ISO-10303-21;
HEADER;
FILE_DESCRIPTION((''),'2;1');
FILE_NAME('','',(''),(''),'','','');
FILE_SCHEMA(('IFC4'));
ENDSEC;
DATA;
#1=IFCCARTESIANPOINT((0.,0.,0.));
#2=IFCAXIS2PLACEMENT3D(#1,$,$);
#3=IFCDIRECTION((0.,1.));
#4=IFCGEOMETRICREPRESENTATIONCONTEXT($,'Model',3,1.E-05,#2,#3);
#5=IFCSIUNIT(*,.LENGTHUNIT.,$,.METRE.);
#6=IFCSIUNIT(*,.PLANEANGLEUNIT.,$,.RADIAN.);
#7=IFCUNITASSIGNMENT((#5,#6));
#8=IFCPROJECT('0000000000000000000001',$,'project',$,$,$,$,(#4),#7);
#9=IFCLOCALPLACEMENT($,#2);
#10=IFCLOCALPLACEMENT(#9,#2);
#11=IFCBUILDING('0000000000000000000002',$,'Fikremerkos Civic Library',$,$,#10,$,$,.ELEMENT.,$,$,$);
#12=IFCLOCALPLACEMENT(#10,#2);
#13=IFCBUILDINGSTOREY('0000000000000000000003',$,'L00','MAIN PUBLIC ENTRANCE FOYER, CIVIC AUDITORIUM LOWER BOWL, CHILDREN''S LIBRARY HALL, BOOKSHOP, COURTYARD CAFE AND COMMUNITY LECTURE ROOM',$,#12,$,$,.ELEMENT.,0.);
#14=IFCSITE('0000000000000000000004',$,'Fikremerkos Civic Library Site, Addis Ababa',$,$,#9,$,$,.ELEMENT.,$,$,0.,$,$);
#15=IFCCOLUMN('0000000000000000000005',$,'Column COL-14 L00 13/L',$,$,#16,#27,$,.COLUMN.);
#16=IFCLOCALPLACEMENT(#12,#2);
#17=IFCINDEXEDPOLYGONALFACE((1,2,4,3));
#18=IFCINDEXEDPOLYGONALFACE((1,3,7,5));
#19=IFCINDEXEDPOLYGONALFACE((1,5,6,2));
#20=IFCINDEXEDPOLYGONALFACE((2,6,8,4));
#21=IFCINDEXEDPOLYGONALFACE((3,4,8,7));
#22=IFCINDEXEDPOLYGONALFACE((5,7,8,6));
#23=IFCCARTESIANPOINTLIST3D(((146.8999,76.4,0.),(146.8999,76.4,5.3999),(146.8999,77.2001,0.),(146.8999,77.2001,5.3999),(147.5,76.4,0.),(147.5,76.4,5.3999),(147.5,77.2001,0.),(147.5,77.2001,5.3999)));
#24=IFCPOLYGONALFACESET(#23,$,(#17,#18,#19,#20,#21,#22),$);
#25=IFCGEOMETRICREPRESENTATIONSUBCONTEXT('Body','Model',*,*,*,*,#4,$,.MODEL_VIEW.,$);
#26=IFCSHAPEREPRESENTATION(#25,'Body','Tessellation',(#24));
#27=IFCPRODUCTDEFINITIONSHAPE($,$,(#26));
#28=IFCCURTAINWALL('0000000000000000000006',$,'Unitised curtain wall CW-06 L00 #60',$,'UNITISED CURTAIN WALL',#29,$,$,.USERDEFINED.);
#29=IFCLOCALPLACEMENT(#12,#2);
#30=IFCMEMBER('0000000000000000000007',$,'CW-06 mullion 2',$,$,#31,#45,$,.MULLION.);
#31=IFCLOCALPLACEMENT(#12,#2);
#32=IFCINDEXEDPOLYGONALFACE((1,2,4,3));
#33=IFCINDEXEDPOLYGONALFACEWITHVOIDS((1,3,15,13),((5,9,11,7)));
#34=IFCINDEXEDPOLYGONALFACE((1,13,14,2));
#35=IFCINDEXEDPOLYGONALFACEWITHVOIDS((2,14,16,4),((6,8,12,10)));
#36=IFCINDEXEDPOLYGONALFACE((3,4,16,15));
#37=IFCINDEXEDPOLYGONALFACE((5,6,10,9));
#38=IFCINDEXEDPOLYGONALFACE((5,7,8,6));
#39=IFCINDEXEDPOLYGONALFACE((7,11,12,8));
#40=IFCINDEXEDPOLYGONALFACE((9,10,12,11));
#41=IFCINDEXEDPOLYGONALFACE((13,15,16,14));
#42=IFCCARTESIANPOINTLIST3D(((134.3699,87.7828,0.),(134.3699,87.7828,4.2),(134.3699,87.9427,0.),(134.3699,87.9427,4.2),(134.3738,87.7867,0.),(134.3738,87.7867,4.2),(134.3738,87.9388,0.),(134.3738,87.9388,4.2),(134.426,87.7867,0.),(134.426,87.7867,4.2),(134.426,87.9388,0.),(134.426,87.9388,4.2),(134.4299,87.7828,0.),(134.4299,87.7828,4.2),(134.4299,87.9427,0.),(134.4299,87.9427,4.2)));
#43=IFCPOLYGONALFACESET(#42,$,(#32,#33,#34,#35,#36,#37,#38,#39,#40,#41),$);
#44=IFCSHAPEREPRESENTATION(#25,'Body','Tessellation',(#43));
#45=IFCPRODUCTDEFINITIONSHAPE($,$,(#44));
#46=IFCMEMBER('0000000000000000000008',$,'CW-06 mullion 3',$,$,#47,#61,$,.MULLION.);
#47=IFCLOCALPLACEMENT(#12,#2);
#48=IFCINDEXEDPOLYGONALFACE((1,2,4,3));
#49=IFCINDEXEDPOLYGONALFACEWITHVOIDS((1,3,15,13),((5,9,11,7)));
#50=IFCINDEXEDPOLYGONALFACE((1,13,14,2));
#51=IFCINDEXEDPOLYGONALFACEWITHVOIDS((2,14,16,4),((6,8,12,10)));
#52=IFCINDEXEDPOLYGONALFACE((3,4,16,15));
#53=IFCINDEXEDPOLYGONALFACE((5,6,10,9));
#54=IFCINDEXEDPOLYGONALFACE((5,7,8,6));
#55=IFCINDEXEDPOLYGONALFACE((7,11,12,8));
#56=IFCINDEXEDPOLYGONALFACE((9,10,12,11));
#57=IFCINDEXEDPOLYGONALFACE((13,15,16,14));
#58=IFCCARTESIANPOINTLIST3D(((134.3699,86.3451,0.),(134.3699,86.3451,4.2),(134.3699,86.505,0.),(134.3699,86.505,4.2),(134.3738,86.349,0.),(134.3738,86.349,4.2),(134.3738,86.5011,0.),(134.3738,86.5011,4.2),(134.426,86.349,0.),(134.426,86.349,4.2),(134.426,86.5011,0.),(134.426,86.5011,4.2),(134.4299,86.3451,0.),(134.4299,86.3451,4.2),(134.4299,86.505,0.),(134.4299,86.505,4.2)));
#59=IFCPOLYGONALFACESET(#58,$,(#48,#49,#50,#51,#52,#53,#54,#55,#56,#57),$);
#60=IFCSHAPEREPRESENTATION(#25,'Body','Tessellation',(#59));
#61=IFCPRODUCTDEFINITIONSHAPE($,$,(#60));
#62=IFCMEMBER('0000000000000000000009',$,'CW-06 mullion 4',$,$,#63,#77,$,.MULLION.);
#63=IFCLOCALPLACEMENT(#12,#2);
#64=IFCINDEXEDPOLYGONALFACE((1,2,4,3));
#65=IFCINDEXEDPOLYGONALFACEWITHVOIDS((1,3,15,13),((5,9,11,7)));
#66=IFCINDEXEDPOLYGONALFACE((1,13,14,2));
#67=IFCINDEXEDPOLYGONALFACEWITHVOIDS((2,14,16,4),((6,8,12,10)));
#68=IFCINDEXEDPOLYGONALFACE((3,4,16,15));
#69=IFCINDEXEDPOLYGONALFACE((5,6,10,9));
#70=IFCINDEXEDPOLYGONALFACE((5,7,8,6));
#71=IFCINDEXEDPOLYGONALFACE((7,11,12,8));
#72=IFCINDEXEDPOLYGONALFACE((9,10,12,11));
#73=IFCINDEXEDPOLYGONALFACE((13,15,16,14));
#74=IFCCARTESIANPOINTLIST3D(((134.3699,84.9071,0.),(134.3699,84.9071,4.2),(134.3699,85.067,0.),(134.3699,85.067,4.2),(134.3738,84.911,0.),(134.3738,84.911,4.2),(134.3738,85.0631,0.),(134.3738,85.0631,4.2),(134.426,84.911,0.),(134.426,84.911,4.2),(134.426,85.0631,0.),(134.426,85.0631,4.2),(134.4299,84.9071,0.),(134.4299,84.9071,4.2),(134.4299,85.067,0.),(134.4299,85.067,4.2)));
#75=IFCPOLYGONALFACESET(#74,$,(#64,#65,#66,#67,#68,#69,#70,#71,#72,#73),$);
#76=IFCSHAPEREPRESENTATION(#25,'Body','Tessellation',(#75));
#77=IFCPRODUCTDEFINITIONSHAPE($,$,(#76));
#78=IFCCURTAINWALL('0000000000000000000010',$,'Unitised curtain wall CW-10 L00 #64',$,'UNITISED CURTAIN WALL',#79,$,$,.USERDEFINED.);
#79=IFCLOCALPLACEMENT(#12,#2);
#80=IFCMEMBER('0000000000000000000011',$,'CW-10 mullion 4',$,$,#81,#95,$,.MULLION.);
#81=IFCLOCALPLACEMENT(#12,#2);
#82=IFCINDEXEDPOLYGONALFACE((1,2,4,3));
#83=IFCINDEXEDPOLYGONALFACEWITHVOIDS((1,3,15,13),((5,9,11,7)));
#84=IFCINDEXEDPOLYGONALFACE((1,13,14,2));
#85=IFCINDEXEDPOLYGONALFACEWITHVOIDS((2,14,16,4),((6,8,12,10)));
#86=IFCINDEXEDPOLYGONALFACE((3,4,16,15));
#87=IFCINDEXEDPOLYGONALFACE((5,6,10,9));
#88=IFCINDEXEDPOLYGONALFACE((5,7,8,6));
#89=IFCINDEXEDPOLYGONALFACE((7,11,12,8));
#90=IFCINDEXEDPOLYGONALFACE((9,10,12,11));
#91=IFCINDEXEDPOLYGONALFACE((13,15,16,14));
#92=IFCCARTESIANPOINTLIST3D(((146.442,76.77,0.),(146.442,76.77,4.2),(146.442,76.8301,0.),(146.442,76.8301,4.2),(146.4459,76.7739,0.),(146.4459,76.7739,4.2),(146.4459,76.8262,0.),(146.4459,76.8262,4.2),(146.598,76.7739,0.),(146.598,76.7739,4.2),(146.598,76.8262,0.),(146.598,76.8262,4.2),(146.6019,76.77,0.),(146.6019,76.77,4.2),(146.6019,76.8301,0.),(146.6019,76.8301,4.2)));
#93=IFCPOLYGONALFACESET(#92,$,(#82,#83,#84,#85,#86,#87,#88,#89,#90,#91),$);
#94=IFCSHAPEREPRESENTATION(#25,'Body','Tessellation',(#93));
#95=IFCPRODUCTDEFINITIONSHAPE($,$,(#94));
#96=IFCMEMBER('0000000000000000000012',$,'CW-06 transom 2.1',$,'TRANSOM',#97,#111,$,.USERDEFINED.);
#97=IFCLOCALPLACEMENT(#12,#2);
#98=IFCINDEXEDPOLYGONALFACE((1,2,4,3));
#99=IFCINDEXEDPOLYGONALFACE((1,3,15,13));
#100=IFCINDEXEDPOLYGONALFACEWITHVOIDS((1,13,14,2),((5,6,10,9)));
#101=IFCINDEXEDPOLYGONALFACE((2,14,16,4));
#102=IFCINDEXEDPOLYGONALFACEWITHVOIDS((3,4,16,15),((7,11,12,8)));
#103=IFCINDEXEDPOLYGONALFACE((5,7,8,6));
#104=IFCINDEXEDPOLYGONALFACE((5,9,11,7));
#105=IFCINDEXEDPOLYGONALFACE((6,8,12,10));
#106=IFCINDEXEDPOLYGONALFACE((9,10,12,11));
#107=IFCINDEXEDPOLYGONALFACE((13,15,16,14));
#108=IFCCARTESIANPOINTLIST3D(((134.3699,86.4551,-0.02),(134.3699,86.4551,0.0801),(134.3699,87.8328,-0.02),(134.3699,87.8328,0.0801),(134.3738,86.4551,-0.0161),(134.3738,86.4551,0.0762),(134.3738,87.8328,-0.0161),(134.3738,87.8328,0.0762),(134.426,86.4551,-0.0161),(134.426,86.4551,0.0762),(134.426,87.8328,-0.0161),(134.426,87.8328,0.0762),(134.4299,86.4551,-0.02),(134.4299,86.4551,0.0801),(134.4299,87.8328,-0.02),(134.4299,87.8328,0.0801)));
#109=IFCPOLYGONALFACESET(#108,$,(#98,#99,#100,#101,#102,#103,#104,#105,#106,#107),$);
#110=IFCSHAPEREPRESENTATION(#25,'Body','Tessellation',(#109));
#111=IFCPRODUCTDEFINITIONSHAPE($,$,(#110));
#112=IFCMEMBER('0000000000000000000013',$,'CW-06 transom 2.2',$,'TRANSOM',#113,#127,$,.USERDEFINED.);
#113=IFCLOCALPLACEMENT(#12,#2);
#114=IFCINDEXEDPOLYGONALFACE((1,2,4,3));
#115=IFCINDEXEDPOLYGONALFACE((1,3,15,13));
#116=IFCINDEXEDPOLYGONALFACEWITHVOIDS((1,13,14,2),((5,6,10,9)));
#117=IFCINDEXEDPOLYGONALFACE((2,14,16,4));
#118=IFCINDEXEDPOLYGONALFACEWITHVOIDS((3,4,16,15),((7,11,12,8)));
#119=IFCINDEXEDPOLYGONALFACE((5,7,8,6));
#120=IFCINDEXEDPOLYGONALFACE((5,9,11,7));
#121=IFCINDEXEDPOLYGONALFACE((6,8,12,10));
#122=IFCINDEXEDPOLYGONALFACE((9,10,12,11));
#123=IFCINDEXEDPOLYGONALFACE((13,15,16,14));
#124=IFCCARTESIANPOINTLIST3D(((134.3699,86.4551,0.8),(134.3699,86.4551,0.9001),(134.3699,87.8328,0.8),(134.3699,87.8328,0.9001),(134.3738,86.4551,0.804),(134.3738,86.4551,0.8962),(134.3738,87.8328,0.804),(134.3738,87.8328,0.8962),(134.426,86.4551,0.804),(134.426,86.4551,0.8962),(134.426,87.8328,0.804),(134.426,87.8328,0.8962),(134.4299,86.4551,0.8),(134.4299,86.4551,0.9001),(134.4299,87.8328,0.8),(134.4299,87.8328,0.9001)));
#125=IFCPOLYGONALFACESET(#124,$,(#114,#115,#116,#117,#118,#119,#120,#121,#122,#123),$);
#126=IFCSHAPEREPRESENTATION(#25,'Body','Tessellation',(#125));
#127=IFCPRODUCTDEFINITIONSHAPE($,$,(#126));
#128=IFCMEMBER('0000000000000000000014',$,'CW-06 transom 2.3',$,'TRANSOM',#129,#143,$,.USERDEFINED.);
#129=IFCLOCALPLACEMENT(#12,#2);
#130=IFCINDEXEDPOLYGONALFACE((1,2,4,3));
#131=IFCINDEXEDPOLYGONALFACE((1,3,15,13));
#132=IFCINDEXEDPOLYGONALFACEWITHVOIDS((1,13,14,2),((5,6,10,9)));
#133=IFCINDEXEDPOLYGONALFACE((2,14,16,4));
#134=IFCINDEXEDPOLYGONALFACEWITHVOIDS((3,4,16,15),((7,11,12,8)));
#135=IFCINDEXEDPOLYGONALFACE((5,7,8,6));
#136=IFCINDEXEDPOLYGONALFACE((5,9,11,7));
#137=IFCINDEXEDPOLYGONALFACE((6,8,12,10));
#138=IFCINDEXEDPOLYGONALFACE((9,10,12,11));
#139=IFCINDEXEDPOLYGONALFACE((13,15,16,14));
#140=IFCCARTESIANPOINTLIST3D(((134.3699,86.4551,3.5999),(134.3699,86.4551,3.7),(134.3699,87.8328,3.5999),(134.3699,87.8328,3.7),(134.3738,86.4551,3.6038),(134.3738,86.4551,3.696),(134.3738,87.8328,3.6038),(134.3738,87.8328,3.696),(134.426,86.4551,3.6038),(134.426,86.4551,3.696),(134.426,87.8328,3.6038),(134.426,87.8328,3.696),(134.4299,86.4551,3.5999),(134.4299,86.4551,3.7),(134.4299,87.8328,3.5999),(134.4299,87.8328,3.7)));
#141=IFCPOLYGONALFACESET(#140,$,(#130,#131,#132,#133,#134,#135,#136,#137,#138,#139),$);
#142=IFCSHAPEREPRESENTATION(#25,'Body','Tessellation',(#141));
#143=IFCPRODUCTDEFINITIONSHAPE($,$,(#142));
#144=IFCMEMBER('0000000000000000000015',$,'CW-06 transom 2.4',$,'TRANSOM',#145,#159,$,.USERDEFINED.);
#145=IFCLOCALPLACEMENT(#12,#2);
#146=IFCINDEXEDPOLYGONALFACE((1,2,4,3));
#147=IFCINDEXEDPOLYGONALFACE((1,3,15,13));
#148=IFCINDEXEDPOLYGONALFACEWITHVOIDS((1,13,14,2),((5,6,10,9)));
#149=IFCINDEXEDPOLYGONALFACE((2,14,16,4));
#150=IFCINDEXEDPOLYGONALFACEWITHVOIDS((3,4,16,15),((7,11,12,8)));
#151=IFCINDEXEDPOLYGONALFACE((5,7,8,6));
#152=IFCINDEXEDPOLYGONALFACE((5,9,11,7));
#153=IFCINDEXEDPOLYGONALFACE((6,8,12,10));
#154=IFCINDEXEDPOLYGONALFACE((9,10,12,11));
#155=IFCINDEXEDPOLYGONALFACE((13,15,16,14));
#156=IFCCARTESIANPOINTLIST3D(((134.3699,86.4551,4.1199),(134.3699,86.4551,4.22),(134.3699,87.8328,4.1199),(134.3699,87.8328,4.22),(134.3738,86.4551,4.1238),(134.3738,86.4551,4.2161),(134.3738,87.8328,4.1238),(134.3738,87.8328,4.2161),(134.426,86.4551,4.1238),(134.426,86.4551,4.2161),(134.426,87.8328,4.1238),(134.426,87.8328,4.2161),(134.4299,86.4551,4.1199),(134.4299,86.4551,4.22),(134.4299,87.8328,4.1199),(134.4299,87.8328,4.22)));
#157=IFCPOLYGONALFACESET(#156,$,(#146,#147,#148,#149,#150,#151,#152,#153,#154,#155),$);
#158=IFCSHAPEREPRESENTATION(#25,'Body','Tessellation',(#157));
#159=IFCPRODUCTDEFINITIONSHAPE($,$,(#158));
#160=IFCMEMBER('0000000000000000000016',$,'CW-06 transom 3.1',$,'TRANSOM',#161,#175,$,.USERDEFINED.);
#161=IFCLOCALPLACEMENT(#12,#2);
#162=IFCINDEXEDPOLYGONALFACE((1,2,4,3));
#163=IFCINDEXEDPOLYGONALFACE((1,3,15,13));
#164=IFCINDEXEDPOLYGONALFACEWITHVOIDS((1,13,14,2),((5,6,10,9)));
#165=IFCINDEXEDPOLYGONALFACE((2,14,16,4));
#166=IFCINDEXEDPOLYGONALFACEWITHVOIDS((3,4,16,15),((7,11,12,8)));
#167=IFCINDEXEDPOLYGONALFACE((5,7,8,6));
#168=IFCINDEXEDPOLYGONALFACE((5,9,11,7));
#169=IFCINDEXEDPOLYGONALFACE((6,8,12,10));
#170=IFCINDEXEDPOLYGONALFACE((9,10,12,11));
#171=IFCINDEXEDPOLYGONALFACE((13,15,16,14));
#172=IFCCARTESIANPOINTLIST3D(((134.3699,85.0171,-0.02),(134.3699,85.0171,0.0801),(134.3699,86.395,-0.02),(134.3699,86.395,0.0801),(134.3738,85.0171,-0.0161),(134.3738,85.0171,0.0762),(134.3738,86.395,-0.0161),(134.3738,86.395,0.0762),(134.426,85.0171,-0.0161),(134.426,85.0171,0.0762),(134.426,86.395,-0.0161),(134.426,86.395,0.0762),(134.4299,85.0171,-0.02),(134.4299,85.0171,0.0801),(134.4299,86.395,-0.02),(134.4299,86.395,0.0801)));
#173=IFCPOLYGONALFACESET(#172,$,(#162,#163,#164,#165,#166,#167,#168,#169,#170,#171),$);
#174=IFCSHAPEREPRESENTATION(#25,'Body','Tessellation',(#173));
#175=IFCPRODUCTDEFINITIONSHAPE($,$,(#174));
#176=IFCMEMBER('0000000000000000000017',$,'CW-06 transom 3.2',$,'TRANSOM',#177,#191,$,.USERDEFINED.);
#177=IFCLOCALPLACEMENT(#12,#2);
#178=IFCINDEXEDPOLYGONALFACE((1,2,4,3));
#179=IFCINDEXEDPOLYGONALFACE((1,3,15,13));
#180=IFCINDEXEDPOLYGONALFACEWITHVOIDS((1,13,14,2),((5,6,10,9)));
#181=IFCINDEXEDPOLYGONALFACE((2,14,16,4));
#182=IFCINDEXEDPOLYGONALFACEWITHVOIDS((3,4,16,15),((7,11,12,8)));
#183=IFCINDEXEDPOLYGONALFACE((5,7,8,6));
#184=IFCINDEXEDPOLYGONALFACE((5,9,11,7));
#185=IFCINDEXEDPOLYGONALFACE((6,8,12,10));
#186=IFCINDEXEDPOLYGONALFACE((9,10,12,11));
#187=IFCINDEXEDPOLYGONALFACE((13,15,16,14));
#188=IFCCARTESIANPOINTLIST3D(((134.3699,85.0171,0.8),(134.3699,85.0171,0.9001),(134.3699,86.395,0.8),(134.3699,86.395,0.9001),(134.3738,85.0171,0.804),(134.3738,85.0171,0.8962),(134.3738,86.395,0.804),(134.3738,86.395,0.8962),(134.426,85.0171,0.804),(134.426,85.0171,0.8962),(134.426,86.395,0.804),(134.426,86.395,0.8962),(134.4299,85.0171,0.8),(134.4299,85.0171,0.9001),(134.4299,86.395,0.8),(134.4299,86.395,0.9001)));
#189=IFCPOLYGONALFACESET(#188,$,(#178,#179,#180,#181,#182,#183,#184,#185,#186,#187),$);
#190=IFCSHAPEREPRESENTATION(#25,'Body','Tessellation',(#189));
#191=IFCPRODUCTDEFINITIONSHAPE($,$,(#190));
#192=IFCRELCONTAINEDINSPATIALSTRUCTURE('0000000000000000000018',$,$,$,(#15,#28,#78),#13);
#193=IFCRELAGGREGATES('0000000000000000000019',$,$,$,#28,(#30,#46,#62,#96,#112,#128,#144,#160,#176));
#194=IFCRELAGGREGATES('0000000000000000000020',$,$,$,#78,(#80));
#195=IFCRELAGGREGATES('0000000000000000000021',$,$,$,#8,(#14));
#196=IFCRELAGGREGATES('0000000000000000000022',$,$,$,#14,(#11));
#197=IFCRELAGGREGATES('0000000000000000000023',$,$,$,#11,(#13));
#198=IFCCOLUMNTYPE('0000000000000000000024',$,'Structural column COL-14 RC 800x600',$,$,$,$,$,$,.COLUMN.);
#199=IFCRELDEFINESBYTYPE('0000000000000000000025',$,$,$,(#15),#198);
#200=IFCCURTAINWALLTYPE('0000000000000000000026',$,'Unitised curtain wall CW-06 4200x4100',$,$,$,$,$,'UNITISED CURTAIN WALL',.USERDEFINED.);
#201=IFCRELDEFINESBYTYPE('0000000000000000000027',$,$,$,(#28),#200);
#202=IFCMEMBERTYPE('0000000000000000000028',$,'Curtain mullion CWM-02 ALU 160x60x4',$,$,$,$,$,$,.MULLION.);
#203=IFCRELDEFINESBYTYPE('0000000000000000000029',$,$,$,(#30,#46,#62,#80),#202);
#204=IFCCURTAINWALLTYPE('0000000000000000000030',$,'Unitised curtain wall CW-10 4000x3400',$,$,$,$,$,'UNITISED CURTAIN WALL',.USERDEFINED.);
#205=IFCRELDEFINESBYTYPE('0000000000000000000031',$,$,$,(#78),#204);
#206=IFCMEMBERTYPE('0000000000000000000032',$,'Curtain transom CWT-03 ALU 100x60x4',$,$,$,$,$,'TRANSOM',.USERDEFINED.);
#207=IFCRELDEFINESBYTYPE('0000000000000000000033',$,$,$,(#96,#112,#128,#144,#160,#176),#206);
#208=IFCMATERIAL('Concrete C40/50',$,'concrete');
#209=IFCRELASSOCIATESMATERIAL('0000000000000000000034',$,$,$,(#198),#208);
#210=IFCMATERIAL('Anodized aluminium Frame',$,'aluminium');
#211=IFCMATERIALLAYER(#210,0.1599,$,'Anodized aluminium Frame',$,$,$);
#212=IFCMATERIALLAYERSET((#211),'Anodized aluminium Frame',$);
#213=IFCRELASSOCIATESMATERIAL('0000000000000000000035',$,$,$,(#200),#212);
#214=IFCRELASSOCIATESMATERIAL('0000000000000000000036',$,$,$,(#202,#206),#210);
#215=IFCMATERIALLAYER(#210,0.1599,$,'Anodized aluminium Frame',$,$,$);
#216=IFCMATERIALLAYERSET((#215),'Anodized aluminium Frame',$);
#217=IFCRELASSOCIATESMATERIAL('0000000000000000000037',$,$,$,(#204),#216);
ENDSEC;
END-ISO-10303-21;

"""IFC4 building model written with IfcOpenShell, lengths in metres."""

from ifc_helpers import new_model, si_unit, direction, frame, origin, origin_2d, place, context, subcontext, project, spatial, rectangle, hollow_rectangle, extrude, material, layer, layer_set, material_profile, profile_set, type_object, element, aggregate, save


model = new_model("IFC4")

# Units and contexts
model_context = context("Model", 3, precision=1e-05, world=origin(), true_north=direction((0.0, 1.0)))
body_context = subcontext(model_context, "Body", "Model", "MODEL_VIEW")
ifc_project = project(units=[si_unit("LENGTHUNIT", "METRE"), si_unit("PLANEANGLEUNIT", "RADIAN")], contexts=[model_context])

# Site, building, storey
site_placement = place(None, origin())
site = spatial("IfcSite", under=ifc_project, at=site_placement, Name="Fikremerkos Civic Library Site, Addis Ababa", CompositionType="ELEMENT", RefElevation=0.0)
building_placement = place(site_placement, origin())
building = spatial("IfcBuilding", under=site, at=building_placement, Name="Fikremerkos Civic Library", CompositionType="ELEMENT")
storey_placement = place(building_placement, origin())
storey = spatial("IfcBuildingStorey", under=building, at=storey_placement, Name="L00", Description="MAIN PUBLIC ENTRANCE FOYER, CIVIC AUDITORIUM LOWER BOWL, CHILDREN'S LIBRARY HALL, BOOKSHOP, COURTYARD CAFE AND COMMUNITY LECTURE ROOM", CompositionType="ELEMENT", Elevation=0.0)

# Column
ifc_material_1 = material(Name="Concrete C40/50", Category="concrete")
ifc_material_profile_1 = material_profile(ifc_material_1, rectangle(XDim=0.8, YDim=0.6001, at=origin_2d()), Name="RC 800x600")
ifc_profile_set_1 = profile_set([ifc_material_profile_1], Name="Concrete C40/50")
column_type = type_object("IfcColumnType", Name="Structural column COL-14 RC 800x600", PredefinedType="COLUMN", material=ifc_profile_set_1)
column_placement = place(storey_placement, frame((147.2, 76.8, 0.0), z_axis=(0.0, 0.0, 1.0), x_axis=(0.0, 1.0, 0.0)))
element("IfcColumn", 1, at=column_placement, inside=storey, type_object=column_type, Name="Column COL-14 L00 13/L", PredefinedType="COLUMN", context=body_context, shape_type="SweptSolid", body=[
    extrude(rectangle(XDim=0.8, YDim=0.6001, at=origin_2d()), origin(), (0.0, 0.0, 1.0), 5.3999),
])

# Curtain wall, members
ifc_material_2 = material(Name="Anodized aluminium Frame", Category="aluminium")
ifc_layer_1 = layer(ifc_material_2, 0.1599, Name="Anodized aluminium Frame")
ifc_layer_set_1 = layer_set([ifc_layer_1], Name="Anodized aluminium Frame")
curtain_wall_type_1 = type_object("IfcCurtainWallType", Name="Unitised curtain wall CW-06 4200x4100", ElementType="UNITISED CURTAIN WALL", PredefinedType="USERDEFINED", material=ifc_layer_set_1)
curtain_wall_1_placement = place(storey_placement, origin())
curtain_wall_1 = element("IfcCurtainWall", 2, at=curtain_wall_1_placement, inside=storey, type_object=curtain_wall_type_1, Name="Unitised curtain wall CW-06 L00 #60", ObjectType="UNITISED CURTAIN WALL", PredefinedType="USERDEFINED")
ifc_material_profile_2 = material_profile(ifc_material_2, hollow_rectangle(XDim=0.0601, YDim=0.1599, WallThickness=0.0039, at=origin_2d()), Name="ALU 160x60x4")
ifc_profile_set_2 = profile_set([ifc_material_profile_2], Name="Anodized aluminium Frame")
member_type_1 = type_object("IfcMemberType", Name="Curtain mullion CWM-02 ALU 160x60x4", PredefinedType="MULLION", material=ifc_profile_set_2)
member_1_placement = place(storey_placement, frame((134.3999, 87.8628, 0.0), z_axis=(0.0, 0.0, 1.0), x_axis=(1.0, 0.0, 0.0)))
member_1 = element("IfcMember", 3, at=member_1_placement, type_object=member_type_1, Name="CW-06 mullion 2", PredefinedType="MULLION", context=body_context, shape_type="SweptSolid", body=[
    extrude(hollow_rectangle(XDim=0.0601, YDim=0.1599, WallThickness=0.0039, at=origin_2d()), origin(), (0.0, 0.0, 1.0), 4.2),
])
member_2_placement = place(storey_placement, frame((134.3999, 86.425, 0.0), z_axis=(0.0, 0.0, 1.0), x_axis=(1.0, 0.0, 0.0)))
member_2 = element("IfcMember", 4, at=member_2_placement, type_object=member_type_1, Name="CW-06 mullion 3", PredefinedType="MULLION", context=body_context, shape_type="SweptSolid", body=[
    extrude(hollow_rectangle(XDim=0.0601, YDim=0.1599, WallThickness=0.0039, at=origin_2d()), origin(), (0.0, 0.0, 1.0), 4.2),
])
member_3_placement = place(storey_placement, frame((134.3999, 84.9871, 0.0), z_axis=(0.0, 0.0, 1.0), x_axis=(1.0, 0.0, 0.0)))
member_3 = element("IfcMember", 5, at=member_3_placement, type_object=member_type_1, Name="CW-06 mullion 4", PredefinedType="MULLION", context=body_context, shape_type="SweptSolid", body=[
    extrude(hollow_rectangle(XDim=0.0601, YDim=0.1599, WallThickness=0.0039, at=origin_2d()), origin(), (0.0, 0.0, 1.0), 4.2),
])

# Curtain wall, member
ifc_layer_2 = layer(ifc_material_2, 0.1599, Name="Anodized aluminium Frame")
ifc_layer_set_2 = layer_set([ifc_layer_2], Name="Anodized aluminium Frame")
curtain_wall_type_2 = type_object("IfcCurtainWallType", Name="Unitised curtain wall CW-10 4000x3400", ElementType="UNITISED CURTAIN WALL", PredefinedType="USERDEFINED", material=ifc_layer_set_2)
curtain_wall_2_placement = place(storey_placement, origin())
curtain_wall_2 = element("IfcCurtainWall", 6, at=curtain_wall_2_placement, inside=storey, type_object=curtain_wall_type_2, Name="Unitised curtain wall CW-10 L00 #64", ObjectType="UNITISED CURTAIN WALL", PredefinedType="USERDEFINED")
member_4_placement = place(storey_placement, frame((146.522, 76.8, 0.0), z_axis=(0.0, 0.0, 1.0), x_axis=(0.0, 1.0, 0.0)))
member_4 = element("IfcMember", 7, at=member_4_placement, type_object=member_type_1, Name="CW-10 mullion 4", PredefinedType="MULLION", context=body_context, shape_type="SweptSolid", body=[
    extrude(hollow_rectangle(XDim=0.0601, YDim=0.1599, WallThickness=0.0039, at=origin_2d()), origin(), (0.0, 0.0, 1.0), 4.2),
])

# Members
ifc_material_profile_3 = material_profile(ifc_material_2, hollow_rectangle(XDim=0.0601, YDim=0.1001, WallThickness=0.0039, at=origin_2d()), Name="ALU 100x60x4")
ifc_profile_set_3 = profile_set([ifc_material_profile_3], Name="Anodized aluminium Frame")
member_type_2 = type_object("IfcMemberType", Name="Curtain transom CWT-03 ALU 100x60x4", ElementType="TRANSOM", PredefinedType="USERDEFINED", material=ifc_profile_set_3)
member_5_placement = place(storey_placement, frame((134.3999, 87.8328, 0.03), z_axis=(0.0, -1.0, 0.0), x_axis=(1.0, 0.0, 0.0)))
member_5 = element("IfcMember", 8, at=member_5_placement, type_object=member_type_2, Name="CW-06 transom 2.1", ObjectType="TRANSOM", PredefinedType="USERDEFINED", context=body_context, shape_type="SweptSolid", body=[
    extrude(hollow_rectangle(XDim=0.0601, YDim=0.1001, WallThickness=0.0039, at=origin_2d()), origin(), (0.0, 0.0, 1.0), 1.3777),
])
member_6_placement = place(storey_placement, frame((134.3999, 87.8328, 0.8501), z_axis=(0.0, -1.0, 0.0), x_axis=(1.0, 0.0, 0.0)))
member_6 = element("IfcMember", 9, at=member_6_placement, type_object=member_type_2, Name="CW-06 transom 2.2", ObjectType="TRANSOM", PredefinedType="USERDEFINED", context=body_context, shape_type="SweptSolid", body=[
    extrude(hollow_rectangle(XDim=0.0601, YDim=0.1001, WallThickness=0.0039, at=origin_2d()), origin(), (0.0, 0.0, 1.0), 1.3777),
])
member_7_placement = place(storey_placement, frame((134.3999, 87.8328, 3.6499), z_axis=(0.0, -1.0, 0.0), x_axis=(1.0, 0.0, 0.0)))
member_7 = element("IfcMember", 10, at=member_7_placement, type_object=member_type_2, Name="CW-06 transom 2.3", ObjectType="TRANSOM", PredefinedType="USERDEFINED", context=body_context, shape_type="SweptSolid", body=[
    extrude(hollow_rectangle(XDim=0.0601, YDim=0.1001, WallThickness=0.0039, at=origin_2d()), origin(), (0.0, 0.0, 1.0), 1.3777),
])
member_8_placement = place(storey_placement, frame((134.3999, 87.8328, 4.1699), z_axis=(0.0, -1.0, 0.0), x_axis=(1.0, 0.0, 0.0)))
member_8 = element("IfcMember", 11, at=member_8_placement, type_object=member_type_2, Name="CW-06 transom 2.4", ObjectType="TRANSOM", PredefinedType="USERDEFINED", context=body_context, shape_type="SweptSolid", body=[
    extrude(hollow_rectangle(XDim=0.0601, YDim=0.1001, WallThickness=0.0039, at=origin_2d()), origin(), (0.0, 0.0, 1.0), 1.3777),
])
member_9_placement = place(storey_placement, frame((134.3999, 86.395, 0.03), z_axis=(0.0, -1.0, 0.0), x_axis=(1.0, 0.0, 0.0)))
member_9 = element("IfcMember", 12, at=member_9_placement, type_object=member_type_2, Name="CW-06 transom 3.1", ObjectType="TRANSOM", PredefinedType="USERDEFINED", context=body_context, shape_type="SweptSolid", body=[
    extrude(hollow_rectangle(XDim=0.0601, YDim=0.1001, WallThickness=0.0039, at=origin_2d()), origin(), (0.0, 0.0, 1.0), 1.3779),
])
member_10_placement = place(storey_placement, frame((134.3999, 86.395, 0.8501), z_axis=(0.0, -1.0, 0.0), x_axis=(1.0, 0.0, 0.0)))
member_10 = element("IfcMember", 13, at=member_10_placement, type_object=member_type_2, Name="CW-06 transom 3.2", ObjectType="TRANSOM", PredefinedType="USERDEFINED", context=body_context, shape_type="SweptSolid", body=[
    extrude(hollow_rectangle(XDim=0.0601, YDim=0.1001, WallThickness=0.0039, at=origin_2d()), origin(), (0.0, 0.0, 1.0), 1.3779),
])

aggregate(curtain_wall_1, [member_1, member_2, member_3, member_5, member_6, member_7, member_8, member_9, member_10])
aggregate(curtain_wall_2, [member_4])

save(model, "model.ifc")
